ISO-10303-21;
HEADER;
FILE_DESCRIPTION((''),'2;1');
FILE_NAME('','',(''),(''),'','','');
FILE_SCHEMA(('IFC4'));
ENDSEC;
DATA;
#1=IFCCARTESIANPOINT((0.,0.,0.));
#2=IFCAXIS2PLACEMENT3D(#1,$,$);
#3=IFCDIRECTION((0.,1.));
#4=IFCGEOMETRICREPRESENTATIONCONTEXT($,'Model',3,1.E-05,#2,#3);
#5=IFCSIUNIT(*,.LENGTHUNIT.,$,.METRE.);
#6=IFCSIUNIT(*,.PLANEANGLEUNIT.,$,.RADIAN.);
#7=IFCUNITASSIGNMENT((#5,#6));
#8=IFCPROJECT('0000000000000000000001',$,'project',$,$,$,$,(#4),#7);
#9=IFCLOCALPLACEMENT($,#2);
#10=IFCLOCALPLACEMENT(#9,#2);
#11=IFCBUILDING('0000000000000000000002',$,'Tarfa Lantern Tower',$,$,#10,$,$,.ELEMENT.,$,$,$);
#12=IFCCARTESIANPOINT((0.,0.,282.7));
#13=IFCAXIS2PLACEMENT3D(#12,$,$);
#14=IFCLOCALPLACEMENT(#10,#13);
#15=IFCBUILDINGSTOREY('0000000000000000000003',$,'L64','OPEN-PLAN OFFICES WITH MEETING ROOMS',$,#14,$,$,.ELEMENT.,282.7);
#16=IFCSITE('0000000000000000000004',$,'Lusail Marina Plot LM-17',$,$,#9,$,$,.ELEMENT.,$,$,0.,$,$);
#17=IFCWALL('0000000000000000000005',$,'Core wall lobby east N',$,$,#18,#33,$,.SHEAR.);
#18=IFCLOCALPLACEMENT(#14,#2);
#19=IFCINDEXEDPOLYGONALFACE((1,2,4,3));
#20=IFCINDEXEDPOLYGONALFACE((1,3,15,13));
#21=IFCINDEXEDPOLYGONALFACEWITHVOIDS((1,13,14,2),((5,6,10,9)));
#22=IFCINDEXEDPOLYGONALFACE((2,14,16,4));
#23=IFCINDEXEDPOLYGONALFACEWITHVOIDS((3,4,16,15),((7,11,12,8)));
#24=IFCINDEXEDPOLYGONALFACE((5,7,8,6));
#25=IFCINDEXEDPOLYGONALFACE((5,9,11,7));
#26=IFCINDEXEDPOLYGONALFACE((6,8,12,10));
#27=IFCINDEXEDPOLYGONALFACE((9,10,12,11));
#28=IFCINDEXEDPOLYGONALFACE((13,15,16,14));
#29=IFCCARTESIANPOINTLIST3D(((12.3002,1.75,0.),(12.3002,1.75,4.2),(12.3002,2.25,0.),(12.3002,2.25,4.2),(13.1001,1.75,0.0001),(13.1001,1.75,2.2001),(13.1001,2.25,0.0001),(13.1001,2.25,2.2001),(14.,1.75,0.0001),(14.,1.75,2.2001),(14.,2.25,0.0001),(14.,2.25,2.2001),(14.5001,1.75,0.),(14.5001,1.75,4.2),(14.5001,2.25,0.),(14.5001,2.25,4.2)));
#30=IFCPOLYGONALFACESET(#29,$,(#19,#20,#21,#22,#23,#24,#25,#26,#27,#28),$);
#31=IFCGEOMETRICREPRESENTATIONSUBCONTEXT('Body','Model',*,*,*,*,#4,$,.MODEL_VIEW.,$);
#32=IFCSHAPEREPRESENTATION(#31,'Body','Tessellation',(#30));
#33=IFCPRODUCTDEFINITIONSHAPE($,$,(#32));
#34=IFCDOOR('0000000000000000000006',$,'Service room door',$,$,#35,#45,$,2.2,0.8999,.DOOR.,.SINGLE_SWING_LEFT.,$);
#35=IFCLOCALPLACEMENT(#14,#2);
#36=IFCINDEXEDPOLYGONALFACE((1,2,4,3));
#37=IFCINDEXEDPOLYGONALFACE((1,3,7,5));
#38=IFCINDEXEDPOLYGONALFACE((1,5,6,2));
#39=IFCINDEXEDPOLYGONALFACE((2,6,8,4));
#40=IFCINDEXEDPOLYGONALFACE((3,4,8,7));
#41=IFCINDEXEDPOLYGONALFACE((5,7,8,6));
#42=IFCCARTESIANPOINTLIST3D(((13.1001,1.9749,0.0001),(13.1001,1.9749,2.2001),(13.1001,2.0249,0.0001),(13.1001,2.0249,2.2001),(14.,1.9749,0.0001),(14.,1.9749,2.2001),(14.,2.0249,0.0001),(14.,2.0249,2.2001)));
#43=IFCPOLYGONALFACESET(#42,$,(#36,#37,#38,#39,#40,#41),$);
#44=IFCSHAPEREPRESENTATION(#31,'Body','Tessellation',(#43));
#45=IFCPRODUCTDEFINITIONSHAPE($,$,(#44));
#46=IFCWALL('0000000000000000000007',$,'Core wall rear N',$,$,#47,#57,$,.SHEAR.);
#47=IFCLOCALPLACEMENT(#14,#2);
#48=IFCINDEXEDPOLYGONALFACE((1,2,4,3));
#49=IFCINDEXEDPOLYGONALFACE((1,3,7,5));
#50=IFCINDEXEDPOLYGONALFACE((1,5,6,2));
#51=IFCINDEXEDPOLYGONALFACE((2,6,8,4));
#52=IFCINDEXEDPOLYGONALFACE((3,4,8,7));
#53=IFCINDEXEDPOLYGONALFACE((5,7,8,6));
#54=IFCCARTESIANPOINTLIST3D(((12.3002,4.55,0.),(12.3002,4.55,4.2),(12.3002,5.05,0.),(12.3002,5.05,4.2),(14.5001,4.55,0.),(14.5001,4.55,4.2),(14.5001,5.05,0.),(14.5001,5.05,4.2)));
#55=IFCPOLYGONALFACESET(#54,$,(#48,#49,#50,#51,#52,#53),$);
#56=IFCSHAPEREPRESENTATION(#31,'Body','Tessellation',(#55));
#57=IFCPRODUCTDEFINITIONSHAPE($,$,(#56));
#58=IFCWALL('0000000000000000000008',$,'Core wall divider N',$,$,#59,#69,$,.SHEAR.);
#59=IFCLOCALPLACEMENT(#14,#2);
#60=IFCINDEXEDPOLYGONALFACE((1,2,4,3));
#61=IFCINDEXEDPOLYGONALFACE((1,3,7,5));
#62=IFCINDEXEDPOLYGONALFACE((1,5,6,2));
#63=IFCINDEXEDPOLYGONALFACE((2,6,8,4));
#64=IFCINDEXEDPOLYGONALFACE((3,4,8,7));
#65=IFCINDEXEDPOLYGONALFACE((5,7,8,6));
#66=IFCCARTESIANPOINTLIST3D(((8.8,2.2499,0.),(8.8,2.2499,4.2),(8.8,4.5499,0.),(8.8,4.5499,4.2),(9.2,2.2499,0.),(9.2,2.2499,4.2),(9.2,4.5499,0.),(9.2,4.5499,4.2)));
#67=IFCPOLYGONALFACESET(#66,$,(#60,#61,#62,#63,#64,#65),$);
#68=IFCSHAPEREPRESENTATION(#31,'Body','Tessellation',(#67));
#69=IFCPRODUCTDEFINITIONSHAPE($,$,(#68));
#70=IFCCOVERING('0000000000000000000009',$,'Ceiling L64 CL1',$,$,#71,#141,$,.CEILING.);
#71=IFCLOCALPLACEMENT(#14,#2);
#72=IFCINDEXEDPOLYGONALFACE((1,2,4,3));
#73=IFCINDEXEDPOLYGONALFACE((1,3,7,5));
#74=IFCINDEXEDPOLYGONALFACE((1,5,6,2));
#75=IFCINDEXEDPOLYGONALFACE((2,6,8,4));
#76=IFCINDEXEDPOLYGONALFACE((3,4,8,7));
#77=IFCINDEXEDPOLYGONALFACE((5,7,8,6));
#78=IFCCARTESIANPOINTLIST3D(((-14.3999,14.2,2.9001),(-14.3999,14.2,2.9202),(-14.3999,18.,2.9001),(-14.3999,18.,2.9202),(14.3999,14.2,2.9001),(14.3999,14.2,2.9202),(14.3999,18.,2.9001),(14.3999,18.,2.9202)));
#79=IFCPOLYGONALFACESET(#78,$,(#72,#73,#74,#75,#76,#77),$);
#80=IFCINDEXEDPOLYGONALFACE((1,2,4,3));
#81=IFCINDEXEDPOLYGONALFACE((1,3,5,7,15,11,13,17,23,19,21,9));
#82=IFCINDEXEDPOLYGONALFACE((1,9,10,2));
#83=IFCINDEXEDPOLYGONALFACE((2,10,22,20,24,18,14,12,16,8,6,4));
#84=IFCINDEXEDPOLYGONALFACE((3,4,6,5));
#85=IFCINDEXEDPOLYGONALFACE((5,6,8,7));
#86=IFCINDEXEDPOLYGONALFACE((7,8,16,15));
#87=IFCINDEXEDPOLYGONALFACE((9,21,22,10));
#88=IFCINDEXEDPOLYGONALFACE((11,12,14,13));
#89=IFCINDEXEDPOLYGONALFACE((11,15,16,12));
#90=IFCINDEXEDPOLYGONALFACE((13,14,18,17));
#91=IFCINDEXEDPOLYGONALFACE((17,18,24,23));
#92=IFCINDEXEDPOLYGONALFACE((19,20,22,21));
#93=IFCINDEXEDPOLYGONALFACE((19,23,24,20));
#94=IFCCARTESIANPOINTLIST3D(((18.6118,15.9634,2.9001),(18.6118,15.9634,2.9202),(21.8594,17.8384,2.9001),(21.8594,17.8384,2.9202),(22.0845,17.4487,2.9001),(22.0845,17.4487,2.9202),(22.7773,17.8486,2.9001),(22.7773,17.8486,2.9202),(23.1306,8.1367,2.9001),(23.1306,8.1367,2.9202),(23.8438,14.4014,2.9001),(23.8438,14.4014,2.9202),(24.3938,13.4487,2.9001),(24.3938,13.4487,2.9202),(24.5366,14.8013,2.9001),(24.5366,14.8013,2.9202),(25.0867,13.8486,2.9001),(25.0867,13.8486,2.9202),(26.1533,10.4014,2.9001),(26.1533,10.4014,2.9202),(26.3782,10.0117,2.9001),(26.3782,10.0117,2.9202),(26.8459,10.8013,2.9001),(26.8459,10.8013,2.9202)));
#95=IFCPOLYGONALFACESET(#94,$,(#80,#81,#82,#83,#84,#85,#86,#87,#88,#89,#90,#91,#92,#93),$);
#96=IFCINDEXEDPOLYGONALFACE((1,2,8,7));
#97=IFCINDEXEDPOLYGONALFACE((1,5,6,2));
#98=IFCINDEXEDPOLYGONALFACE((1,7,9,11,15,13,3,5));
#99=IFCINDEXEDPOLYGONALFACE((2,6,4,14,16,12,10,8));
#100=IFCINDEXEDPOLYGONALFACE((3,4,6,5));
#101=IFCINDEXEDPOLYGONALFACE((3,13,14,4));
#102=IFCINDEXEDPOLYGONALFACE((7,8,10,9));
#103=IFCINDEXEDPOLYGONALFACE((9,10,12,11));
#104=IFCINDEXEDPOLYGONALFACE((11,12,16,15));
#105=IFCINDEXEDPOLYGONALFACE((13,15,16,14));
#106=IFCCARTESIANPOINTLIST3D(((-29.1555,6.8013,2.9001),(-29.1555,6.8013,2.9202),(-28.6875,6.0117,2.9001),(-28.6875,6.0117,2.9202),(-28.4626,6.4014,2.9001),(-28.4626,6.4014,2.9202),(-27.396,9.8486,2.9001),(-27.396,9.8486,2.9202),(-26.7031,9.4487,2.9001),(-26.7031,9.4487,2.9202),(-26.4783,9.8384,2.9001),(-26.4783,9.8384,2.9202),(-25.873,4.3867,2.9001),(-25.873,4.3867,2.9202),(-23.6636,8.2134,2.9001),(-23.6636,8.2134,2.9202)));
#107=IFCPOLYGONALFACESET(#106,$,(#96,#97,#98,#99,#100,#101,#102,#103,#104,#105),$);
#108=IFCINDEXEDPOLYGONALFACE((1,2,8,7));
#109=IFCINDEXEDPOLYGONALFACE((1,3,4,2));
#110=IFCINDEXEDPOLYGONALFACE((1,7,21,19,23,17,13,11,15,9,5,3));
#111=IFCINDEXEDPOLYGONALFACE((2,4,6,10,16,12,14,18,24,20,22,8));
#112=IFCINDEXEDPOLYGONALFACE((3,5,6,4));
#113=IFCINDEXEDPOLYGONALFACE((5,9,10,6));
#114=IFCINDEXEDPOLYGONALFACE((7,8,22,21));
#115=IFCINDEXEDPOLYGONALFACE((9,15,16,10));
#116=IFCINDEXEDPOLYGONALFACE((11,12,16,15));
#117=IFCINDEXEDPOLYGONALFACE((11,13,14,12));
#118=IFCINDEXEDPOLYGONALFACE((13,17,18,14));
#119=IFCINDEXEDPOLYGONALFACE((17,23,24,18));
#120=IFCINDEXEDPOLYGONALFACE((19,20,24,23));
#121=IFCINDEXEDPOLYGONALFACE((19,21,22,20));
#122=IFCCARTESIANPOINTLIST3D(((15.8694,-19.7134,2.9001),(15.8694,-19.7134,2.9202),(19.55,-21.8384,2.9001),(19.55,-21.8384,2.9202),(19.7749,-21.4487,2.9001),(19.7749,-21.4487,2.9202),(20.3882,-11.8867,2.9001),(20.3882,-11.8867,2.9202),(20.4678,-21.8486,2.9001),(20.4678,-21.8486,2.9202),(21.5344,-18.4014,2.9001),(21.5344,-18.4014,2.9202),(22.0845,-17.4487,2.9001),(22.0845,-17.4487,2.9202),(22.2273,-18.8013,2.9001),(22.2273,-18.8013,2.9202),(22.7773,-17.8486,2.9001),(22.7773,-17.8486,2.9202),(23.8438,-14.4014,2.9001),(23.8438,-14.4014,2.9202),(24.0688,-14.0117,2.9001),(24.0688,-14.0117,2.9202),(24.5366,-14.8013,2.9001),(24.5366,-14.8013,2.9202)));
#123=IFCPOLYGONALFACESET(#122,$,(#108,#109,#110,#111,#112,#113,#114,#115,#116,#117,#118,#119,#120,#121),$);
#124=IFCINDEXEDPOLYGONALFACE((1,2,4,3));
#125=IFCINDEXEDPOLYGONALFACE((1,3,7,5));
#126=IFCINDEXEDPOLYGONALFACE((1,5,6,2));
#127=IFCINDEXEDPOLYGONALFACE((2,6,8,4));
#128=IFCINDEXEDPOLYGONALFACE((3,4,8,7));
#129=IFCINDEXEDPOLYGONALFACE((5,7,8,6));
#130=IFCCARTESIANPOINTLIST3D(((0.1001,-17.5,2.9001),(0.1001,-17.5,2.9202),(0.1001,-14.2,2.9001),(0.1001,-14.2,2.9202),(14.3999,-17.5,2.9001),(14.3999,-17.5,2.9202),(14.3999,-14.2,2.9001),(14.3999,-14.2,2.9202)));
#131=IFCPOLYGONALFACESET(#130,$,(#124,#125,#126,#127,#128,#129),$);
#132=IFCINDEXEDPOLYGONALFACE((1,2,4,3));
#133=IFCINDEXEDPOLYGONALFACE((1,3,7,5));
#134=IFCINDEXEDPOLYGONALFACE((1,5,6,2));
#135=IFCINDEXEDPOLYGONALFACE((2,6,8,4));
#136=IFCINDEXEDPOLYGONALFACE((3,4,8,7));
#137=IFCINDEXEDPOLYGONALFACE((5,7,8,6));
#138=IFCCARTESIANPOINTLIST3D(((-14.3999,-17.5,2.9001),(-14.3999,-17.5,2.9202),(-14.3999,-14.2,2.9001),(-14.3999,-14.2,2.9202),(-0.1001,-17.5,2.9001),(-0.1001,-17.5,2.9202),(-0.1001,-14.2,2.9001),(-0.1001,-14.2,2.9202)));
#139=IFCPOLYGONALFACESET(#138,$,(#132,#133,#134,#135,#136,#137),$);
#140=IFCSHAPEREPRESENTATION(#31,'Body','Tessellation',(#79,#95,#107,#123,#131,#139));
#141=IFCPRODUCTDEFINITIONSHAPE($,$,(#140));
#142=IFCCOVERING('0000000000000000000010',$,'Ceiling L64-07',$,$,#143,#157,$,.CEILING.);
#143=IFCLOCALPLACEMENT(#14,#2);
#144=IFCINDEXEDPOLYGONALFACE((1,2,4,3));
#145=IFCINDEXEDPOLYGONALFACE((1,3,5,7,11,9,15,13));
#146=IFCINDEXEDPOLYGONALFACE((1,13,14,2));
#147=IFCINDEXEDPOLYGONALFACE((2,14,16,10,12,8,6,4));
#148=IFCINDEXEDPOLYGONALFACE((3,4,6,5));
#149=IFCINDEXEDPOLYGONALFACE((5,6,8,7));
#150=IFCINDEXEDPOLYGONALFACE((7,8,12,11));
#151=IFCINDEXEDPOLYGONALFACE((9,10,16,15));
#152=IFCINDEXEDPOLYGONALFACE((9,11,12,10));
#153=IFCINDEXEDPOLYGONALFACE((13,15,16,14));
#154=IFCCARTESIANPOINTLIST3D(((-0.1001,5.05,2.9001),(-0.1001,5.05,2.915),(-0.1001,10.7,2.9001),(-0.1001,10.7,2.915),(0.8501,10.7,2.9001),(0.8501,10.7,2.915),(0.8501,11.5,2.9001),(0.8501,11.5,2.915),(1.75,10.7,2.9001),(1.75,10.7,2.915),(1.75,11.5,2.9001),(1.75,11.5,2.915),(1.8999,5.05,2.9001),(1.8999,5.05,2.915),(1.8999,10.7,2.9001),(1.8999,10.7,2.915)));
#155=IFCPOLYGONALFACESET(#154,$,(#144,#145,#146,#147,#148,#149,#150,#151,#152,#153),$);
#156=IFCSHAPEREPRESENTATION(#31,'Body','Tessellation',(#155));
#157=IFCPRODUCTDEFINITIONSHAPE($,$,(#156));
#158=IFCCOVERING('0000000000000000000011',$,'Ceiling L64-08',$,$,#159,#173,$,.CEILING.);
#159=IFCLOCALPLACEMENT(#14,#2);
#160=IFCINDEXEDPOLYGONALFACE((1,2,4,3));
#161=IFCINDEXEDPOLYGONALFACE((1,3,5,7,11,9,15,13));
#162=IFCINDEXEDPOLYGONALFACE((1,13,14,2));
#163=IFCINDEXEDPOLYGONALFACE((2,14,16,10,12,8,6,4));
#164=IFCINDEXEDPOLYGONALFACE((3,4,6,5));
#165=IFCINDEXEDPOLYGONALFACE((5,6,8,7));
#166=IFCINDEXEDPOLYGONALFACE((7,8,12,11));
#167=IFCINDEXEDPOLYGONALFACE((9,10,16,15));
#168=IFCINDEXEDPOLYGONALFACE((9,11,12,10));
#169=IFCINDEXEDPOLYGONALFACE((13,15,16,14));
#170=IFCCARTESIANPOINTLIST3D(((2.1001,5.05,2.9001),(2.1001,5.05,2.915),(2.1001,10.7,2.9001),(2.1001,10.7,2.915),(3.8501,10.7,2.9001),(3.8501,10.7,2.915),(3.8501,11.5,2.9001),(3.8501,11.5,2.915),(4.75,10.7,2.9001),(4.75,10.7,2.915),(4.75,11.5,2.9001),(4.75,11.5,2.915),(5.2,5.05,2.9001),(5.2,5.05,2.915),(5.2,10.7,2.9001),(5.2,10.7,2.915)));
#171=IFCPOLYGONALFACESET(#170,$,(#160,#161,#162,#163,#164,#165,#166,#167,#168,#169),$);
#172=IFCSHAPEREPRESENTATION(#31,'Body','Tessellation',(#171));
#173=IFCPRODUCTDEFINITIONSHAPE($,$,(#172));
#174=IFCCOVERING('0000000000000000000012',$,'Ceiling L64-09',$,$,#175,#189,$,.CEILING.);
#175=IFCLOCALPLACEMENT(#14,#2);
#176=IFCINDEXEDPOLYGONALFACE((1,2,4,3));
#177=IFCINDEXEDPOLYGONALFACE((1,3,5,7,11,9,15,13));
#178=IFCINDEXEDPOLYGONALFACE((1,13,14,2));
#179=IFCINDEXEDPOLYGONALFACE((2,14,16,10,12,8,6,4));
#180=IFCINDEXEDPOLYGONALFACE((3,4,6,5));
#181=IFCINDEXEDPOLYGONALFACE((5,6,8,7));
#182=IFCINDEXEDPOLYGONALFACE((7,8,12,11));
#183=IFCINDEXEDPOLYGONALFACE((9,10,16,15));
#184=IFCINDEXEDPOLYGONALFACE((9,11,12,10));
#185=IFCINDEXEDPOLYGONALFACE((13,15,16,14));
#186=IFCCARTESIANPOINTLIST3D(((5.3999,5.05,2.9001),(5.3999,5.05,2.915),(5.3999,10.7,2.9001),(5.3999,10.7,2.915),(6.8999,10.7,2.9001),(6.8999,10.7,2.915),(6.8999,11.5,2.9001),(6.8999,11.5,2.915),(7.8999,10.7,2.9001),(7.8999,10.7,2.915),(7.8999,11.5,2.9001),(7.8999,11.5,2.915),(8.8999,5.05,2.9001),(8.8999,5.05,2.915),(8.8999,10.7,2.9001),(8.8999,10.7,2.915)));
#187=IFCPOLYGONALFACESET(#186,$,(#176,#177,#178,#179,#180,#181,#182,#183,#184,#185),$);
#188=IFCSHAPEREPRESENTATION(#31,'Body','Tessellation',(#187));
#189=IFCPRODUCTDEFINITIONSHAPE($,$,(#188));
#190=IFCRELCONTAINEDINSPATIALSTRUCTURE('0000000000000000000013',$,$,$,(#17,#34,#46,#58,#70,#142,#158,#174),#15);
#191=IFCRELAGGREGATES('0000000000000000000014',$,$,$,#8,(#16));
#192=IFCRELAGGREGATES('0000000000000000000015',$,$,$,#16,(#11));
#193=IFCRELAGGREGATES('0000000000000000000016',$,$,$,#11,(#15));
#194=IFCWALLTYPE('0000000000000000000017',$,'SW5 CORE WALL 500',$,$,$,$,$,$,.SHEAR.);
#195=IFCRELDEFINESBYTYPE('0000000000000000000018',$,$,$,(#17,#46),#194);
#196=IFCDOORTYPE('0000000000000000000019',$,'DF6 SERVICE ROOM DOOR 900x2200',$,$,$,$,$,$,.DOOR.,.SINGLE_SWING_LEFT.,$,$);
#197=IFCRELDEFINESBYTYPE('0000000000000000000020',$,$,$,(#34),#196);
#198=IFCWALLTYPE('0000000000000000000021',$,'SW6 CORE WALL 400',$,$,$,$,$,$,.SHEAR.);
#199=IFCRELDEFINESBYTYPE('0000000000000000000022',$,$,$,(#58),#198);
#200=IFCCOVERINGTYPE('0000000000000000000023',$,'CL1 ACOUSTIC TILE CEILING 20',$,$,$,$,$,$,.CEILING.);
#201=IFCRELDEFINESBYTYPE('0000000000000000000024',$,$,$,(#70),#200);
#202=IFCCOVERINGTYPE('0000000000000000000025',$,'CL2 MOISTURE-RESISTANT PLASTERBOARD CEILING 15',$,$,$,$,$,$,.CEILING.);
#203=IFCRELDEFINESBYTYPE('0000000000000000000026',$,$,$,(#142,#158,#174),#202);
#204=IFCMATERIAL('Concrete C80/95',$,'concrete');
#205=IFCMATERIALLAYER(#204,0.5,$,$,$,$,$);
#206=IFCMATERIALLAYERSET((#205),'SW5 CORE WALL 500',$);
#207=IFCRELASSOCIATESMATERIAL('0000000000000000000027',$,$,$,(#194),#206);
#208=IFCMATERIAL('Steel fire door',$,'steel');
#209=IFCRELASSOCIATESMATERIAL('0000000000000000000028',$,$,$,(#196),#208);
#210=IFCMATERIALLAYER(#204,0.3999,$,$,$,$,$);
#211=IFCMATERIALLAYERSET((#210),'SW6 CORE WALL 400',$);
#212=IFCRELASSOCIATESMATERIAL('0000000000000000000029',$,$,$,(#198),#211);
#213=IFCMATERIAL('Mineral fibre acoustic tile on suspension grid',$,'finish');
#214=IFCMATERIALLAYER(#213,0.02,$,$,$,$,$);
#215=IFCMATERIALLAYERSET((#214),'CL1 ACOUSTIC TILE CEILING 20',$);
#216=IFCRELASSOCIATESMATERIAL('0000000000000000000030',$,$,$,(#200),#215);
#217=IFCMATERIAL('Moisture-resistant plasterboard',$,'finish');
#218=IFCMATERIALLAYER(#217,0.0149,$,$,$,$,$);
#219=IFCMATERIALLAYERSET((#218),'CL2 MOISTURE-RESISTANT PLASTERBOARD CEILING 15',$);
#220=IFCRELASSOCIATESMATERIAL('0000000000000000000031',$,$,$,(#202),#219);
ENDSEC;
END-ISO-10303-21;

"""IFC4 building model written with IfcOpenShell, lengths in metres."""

from ifc_helpers import new_model, si_unit, direction, frame, frame_2d, origin, place, context, subcontext, project, spatial, polyline, rectangle, outline, extrude, material, layer, layer_set, type_object, element, fill, save


model = new_model("IFC4")

# Units and contexts
model_context = context("Model", 3, precision=1e-05, world=origin(), true_north=direction((0.0, 1.0)))
body_context = subcontext(model_context, "Body", "Model", "MODEL_VIEW")
ifc_project = project(units=[si_unit("LENGTHUNIT", "METRE"), si_unit("PLANEANGLEUNIT", "RADIAN")], contexts=[model_context])

# Site, building, storey
site_placement = place(None, origin())
site = spatial("IfcSite", under=ifc_project, at=site_placement, Name="Lusail Marina Plot LM-17", CompositionType="ELEMENT", RefElevation=0.0)
building_placement = place(site_placement, origin())
building = spatial("IfcBuilding", under=site, at=building_placement, Name="Tarfa Lantern Tower", CompositionType="ELEMENT")
storey_placement = place(building_placement, frame((0.0, 0.0, 282.7)))
storey = spatial("IfcBuildingStorey", under=building, at=storey_placement, Name="L64", Description="OPEN-PLAN OFFICES WITH MEETING ROOMS", CompositionType="ELEMENT", Elevation=282.7)

# Wall, opening, door
ifc_material_1 = material(Name="Concrete C80/95", Category="concrete")
ifc_layer_1 = layer(ifc_material_1, 0.5)
ifc_layer_set_1 = layer_set([ifc_layer_1], Name="SW5 CORE WALL 500")
wall_type_1 = type_object("IfcWallType", Name="SW5 CORE WALL 500", PredefinedType="SHEAR", material=ifc_layer_set_1)
wall_1_placement = place(storey_placement, frame((12.3, 2.0, 0.0), z_axis=(0.0, 0.0, 1.0), x_axis=(1.0, 0.0, 0.0)))
wall_1 = element("IfcWall", 1, at=wall_1_placement, inside=storey, type_object=wall_type_1, Name="Core wall lobby east N", PredefinedType="SHEAR", context=body_context, shape_type="SweptSolid", body=[
    extrude(rectangle(XDim=2.2, YDim=0.5, at=frame_2d((1.1001, 0.0))), origin(), (0.0, 0.0, 1.0), 4.2),
])
opening_1_placement = place(wall_1_placement, frame((0.8, 0.0, 0.0)))
opening_1 = element("IfcOpeningElement", 2, at=opening_1_placement, cuts=wall_1, PredefinedType="OPENING", context=body_context, shape_type="SweptSolid", body=[
    extrude(rectangle(XDim=0.8999, YDim=2.2, at=frame_2d((0.45, 1.1001))), frame((0.0, 0.26, 0.0), z_axis=(0.0, -1.0, 0.0), x_axis=(1.0, 0.0, 0.0)), (0.0, 0.0, 1.0), 0.52),
])
ifc_material_2 = material(Name="Steel fire door", Category="steel")
door_type_1 = type_object("IfcDoorType", Name="DF6 SERVICE ROOM DOOR 900x2200", OperationType="SINGLE_SWING_LEFT", PredefinedType="DOOR", material=ifc_material_2)
door_1_placement = place(opening_1_placement, origin())
door_1 = element("IfcDoor", 3, at=door_1_placement, inside=storey, type_object=door_type_1, Name="Service room door", OperationType="SINGLE_SWING_LEFT", OverallHeight=2.2, OverallWidth=0.8999, PredefinedType="DOOR", context=body_context, shape_type="SweptSolid", body=[
    extrude(rectangle(XDim=0.8999, YDim=2.2, at=frame_2d((0.45, 1.1001))), frame((0.0, 0.0249, 0.0), z_axis=(0.0, -1.0, 0.0), x_axis=(1.0, 0.0, 0.0)), (0.0, 0.0, 1.0), 0.05),
])
fill(opening_1, door_1)

# Walls
wall_2_placement = place(storey_placement, frame((12.3, 4.8, 0.0), z_axis=(0.0, 0.0, 1.0), x_axis=(1.0, 0.0, 0.0)))
element("IfcWall", 4, at=wall_2_placement, inside=storey, type_object=wall_type_1, Name="Core wall rear N", PredefinedType="SHEAR", context=body_context, shape_type="SweptSolid", body=[
    extrude(rectangle(XDim=2.2, YDim=0.5, at=frame_2d((1.1001, 0.0))), origin(), (0.0, 0.0, 1.0), 4.2),
])
ifc_layer_2 = layer(ifc_material_1, 0.3999)
ifc_layer_set_2 = layer_set([ifc_layer_2], Name="SW6 CORE WALL 400")
wall_type_2 = type_object("IfcWallType", Name="SW6 CORE WALL 400", PredefinedType="SHEAR", material=ifc_layer_set_2)
wall_3_placement = place(storey_placement, frame((9.0, 2.25, 0.0), z_axis=(0.0, 0.0, 1.0), x_axis=(0.0, 1.0, 0.0)))
element("IfcWall", 5, at=wall_3_placement, inside=storey, type_object=wall_type_2, Name="Core wall divider N", PredefinedType="SHEAR", context=body_context, shape_type="SweptSolid", body=[
    extrude(rectangle(XDim=2.3, YDim=0.3999, at=frame_2d((1.1499, 0.0))), origin(), (0.0, 0.0, 1.0), 4.2),
])

# Coverings
ifc_material_3 = material(Name="Mineral fibre acoustic tile on suspension grid", Category="finish")
ifc_layer_3 = layer(ifc_material_3, 0.02)
ifc_layer_set_3 = layer_set([ifc_layer_3], Name="CL1 ACOUSTIC TILE CEILING 20")
covering_type_1 = type_object("IfcCoveringType", Name="CL1 ACOUSTIC TILE CEILING 20", PredefinedType="CEILING", material=ifc_layer_set_3)
covering_1_placement = place(storey_placement, frame((0.0, 0.0, 2.9001)))
element("IfcCovering", 6, at=covering_1_placement, inside=storey, type_object=covering_type_1, Name="Ceiling L64 CL1", PredefinedType="CEILING", context=body_context, shape_type="SweptSolid", body=[
    extrude(outline(polyline([(-14.3999, 18.0), (14.3999, 18.0), (14.3999, 14.2), (-14.3999, 14.2), (-14.3999, 18.0)])), origin(), (0.0, 0.0, 1.0), 0.02),
    extrude(outline(polyline([(18.6118, 15.9634), (21.8594, 17.8384), (22.0845, 17.4487), (22.7773, 17.8486), (24.5366, 14.8013), (23.8438, 14.4014), (24.3938, 13.4487), (25.0867, 13.8486), (26.8459, 10.8013), (26.1533, 10.4014), (26.3782, 10.0117), (23.1306, 8.1367), (18.6118, 15.9634)])), origin(), (0.0, 0.0, 1.0), 0.02),
    extrude(outline(polyline([(-25.873, 4.3867), (-28.6875, 6.0117), (-28.4626, 6.4014), (-29.1555, 6.8013), (-27.396, 9.8486), (-26.7031, 9.4487), (-26.4783, 9.8384), (-23.6636, 8.2134), (-25.873, 4.3867)])), origin(), (0.0, 0.0, 1.0), 0.02),
    extrude(outline(polyline([(20.3882, -11.8867), (24.0688, -14.0117), (23.8438, -14.4014), (24.5366, -14.8013), (22.7773, -17.8486), (22.0845, -17.4487), (21.5344, -18.4014), (22.2273, -18.8013), (20.4678, -21.8486), (19.7749, -21.4487), (19.55, -21.8384), (15.8694, -19.7134), (20.3882, -11.8867)])), origin(), (0.0, 0.0, 1.0), 0.02),
    extrude(outline(polyline([(0.1001, -14.2), (14.3999, -14.2), (14.3999, -17.5), (0.1001, -17.5), (0.1001, -14.2)])), origin(), (0.0, 0.0, 1.0), 0.02),
    extrude(outline(polyline([(-14.3999, -14.2), (-0.1001, -14.2), (-0.1001, -17.5), (-14.3999, -17.5), (-14.3999, -14.2)])), origin(), (0.0, 0.0, 1.0), 0.02),
])
ifc_material_4 = material(Name="Moisture-resistant plasterboard", Category="finish")
ifc_layer_4 = layer(ifc_material_4, 0.0149)
ifc_layer_set_4 = layer_set([ifc_layer_4], Name="CL2 MOISTURE-RESISTANT PLASTERBOARD CEILING 15")
covering_type_2 = type_object("IfcCoveringType", Name="CL2 MOISTURE-RESISTANT PLASTERBOARD CEILING 15", PredefinedType="CEILING", material=ifc_layer_set_4)
covering_2_placement = place(storey_placement, frame((0.0, 0.0, 2.9001)))
element("IfcCovering", 7, at=covering_2_placement, inside=storey, type_object=covering_type_2, Name="Ceiling L64-07", PredefinedType="CEILING", context=body_context, shape_type="SweptSolid", body=[
    extrude(outline(polyline([(0.8501, 10.7), (-0.1001, 10.7), (-0.1001, 5.05), (1.8999, 5.05), (1.8999, 10.7), (1.75, 10.7), (1.75, 11.5), (1.75, 11.5), (0.8501, 11.5), (0.8501, 10.7)])), origin(), (0.0, 0.0, 1.0), 0.0149),
])
covering_3_placement = place(storey_placement, frame((0.0, 0.0, 2.9001)))
element("IfcCovering", 8, at=covering_3_placement, inside=storey, type_object=covering_type_2, Name="Ceiling L64-08", PredefinedType="CEILING", context=body_context, shape_type="SweptSolid", body=[
    extrude(outline(polyline([(2.1001, 5.05), (5.2, 5.05), (5.2, 10.7), (4.75, 10.7), (4.75, 11.5), (3.8501, 11.5), (3.8501, 10.7), (2.1001, 10.7), (2.1001, 5.05)])), origin(), (0.0, 0.0, 1.0), 0.0149),
])
covering_4_placement = place(storey_placement, frame((0.0, 0.0, 2.9001)))
element("IfcCovering", 9, at=covering_4_placement, inside=storey, type_object=covering_type_2, Name="Ceiling L64-09", PredefinedType="CEILING", context=body_context, shape_type="SweptSolid", body=[
    extrude(outline(polyline([(5.3999, 5.05), (8.8999, 5.05), (8.8999, 10.7), (7.8999, 10.7), (7.8999, 11.5), (6.8999, 11.5), (6.8999, 10.7), (5.3999, 10.7), (5.3999, 5.05)])), origin(), (0.0, 0.0, 1.0), 0.0149),
])

save(model, "model.ifc")
